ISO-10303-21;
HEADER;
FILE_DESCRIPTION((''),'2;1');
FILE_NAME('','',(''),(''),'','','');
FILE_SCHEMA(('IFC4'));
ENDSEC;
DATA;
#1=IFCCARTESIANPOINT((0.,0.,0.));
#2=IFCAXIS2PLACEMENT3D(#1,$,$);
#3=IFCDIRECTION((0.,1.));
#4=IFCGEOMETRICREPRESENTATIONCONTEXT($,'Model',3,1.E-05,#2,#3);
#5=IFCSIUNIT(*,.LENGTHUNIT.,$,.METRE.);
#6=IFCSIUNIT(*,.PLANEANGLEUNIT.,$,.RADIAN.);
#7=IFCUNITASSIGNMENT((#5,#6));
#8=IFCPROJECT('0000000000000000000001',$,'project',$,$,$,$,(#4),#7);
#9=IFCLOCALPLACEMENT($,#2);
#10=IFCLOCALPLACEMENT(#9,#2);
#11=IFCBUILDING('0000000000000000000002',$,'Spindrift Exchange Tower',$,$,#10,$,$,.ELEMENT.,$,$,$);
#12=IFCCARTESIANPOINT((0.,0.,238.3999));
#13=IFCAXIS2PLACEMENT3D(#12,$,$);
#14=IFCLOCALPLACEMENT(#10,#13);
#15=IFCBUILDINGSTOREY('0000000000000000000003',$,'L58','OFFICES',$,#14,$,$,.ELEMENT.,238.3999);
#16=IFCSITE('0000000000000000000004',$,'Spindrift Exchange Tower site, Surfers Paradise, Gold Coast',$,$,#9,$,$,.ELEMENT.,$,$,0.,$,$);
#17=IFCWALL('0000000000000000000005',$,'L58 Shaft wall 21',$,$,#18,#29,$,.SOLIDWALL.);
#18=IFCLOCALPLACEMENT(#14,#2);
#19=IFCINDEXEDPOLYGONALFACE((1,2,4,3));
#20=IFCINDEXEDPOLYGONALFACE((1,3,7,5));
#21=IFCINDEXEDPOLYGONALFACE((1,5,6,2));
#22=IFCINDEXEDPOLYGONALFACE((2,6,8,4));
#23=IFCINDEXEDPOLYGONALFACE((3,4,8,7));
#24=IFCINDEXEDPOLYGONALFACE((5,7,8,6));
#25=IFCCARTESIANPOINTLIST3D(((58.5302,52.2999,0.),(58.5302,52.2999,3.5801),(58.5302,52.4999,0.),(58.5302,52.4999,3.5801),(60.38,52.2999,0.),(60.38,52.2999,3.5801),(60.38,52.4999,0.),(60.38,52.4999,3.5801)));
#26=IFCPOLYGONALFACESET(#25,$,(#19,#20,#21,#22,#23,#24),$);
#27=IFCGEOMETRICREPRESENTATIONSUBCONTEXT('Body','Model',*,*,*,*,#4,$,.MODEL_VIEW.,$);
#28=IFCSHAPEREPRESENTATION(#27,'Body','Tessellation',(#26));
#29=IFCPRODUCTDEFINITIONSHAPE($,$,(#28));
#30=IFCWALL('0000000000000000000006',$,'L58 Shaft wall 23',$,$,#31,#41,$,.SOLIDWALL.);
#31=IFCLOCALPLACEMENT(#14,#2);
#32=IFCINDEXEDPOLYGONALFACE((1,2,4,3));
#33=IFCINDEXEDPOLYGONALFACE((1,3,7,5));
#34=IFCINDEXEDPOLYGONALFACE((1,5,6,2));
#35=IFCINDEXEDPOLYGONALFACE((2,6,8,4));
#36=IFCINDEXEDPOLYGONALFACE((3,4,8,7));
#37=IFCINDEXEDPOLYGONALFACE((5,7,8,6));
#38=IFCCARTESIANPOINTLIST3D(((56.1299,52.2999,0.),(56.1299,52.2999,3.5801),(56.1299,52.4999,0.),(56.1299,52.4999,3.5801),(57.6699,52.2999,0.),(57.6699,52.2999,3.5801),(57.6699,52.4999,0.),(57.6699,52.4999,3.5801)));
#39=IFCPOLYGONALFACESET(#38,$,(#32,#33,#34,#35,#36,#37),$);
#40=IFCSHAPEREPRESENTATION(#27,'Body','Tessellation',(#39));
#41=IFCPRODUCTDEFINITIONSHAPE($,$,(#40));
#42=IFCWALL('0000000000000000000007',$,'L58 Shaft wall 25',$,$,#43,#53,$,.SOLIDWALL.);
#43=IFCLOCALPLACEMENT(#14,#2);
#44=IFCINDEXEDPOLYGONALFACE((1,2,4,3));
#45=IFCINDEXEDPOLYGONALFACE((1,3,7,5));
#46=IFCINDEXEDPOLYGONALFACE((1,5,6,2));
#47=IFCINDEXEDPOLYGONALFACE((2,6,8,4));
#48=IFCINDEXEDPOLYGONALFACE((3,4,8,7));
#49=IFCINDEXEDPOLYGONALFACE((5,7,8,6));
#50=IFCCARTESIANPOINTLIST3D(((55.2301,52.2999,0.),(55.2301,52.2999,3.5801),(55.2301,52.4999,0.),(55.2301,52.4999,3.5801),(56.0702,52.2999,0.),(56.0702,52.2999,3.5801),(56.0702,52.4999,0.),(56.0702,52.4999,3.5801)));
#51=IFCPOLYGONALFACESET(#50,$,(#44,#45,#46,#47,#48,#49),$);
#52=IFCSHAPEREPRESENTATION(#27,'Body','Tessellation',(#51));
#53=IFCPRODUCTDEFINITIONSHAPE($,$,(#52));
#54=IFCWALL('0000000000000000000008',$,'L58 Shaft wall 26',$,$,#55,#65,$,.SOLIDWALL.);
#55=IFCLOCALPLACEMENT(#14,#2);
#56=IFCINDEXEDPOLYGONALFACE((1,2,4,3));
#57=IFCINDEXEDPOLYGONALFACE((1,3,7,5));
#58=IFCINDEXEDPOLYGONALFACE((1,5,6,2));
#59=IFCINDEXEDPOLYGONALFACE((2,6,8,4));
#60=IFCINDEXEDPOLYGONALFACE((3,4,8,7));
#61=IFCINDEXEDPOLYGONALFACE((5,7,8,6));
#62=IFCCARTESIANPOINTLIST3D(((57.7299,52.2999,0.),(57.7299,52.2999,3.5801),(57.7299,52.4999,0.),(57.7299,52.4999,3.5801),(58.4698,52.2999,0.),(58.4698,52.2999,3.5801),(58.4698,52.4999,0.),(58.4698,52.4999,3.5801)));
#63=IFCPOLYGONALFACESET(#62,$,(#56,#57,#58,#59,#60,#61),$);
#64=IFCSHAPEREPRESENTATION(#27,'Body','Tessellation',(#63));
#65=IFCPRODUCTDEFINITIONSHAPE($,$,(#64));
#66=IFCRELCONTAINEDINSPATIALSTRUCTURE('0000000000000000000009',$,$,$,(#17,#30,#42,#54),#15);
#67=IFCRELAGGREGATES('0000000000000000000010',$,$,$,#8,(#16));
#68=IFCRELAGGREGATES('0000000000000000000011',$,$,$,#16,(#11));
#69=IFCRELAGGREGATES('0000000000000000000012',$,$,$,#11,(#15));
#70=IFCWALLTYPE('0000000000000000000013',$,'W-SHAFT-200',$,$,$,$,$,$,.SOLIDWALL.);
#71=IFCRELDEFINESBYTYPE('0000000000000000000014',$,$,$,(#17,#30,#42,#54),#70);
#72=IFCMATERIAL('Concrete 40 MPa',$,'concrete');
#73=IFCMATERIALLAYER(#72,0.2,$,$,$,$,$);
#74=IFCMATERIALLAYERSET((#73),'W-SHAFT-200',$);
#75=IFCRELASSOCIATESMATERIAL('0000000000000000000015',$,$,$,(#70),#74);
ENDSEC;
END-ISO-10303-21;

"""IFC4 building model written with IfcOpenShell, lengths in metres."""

from ifc_helpers import new_model, si_unit, direction, frame, frame_2d, origin, place, context, subcontext, project, spatial, rectangle, extrude, material, layer, layer_set, type_object, element, save


model = new_model("IFC4")

# Units and contexts
model_context = context("Model", 3, precision=1e-05, world=origin(), true_north=direction((0.0, 1.0)))
body_context = subcontext(model_context, "Body", "Model", "MODEL_VIEW")
ifc_project = project(units=[si_unit("LENGTHUNIT", "METRE"), si_unit("PLANEANGLEUNIT", "RADIAN")], contexts=[model_context])

# Site, building, storey
site_placement = place(None, origin())
site = spatial("IfcSite", under=ifc_project, at=site_placement, Name="Spindrift Exchange Tower site, Surfers Paradise, Gold Coast", CompositionType="ELEMENT", RefElevation=0.0)
building_placement = place(site_placement, origin())
building = spatial("IfcBuilding", under=site, at=building_placement, Name="Spindrift Exchange Tower", CompositionType="ELEMENT")
storey_placement = place(building_placement, frame((0.0, 0.0, 238.3999)))
storey = spatial("IfcBuildingStorey", under=building, at=storey_placement, Name="L58", Description="OFFICES", CompositionType="ELEMENT", Elevation=238.3999)

# Shared definitions
ifc_material_1 = material(Name="Concrete 40 MPa", Category="concrete")
ifc_layer_1 = layer(ifc_material_1, 0.2)
ifc_layer_set_1 = layer_set([ifc_layer_1], Name="W-SHAFT-200")
wall_type_1 = type_object("IfcWallType", Name="W-SHAFT-200", PredefinedType="SOLIDWALL", material=ifc_layer_set_1)

# Walls
wall_1_placement = place(storey_placement, frame((60.3799, 52.3999, 0.0), z_axis=(0.0, 0.0, 1.0), x_axis=(-1.0, 0.0, 0.0)))
element("IfcWall", 1, at=wall_1_placement, inside=storey, type_object=wall_type_1, Name="L58 Shaft wall 21", PredefinedType="SOLIDWALL", context=body_context, shape_type="SweptSolid", body=[
    extrude(rectangle(XDim=1.8499, YDim=0.2, at=frame_2d((0.9248, 0.0))), origin(), (0.0, 0.0, 1.0), 3.5801),
])
wall_2_placement = place(storey_placement, frame((57.6699, 52.3999, 0.0), z_axis=(0.0, 0.0, 1.0), x_axis=(-1.0, 0.0, 0.0)))
element("IfcWall", 2, at=wall_2_placement, inside=storey, type_object=wall_type_1, Name="L58 Shaft wall 23", PredefinedType="SOLIDWALL", context=body_context, shape_type="SweptSolid", body=[
    extrude(rectangle(XDim=1.54, YDim=0.2, at=frame_2d((0.77, 0.0))), origin(), (0.0, 0.0, 1.0), 3.5801),
])
wall_3_placement = place(storey_placement, frame((56.0701, 52.3999, 0.0), z_axis=(0.0, 0.0, 1.0), x_axis=(-1.0, 0.0, 0.0)))
element("IfcWall", 3, at=wall_3_placement, inside=storey, type_object=wall_type_1, Name="L58 Shaft wall 25", PredefinedType="SOLIDWALL", context=body_context, shape_type="SweptSolid", body=[
    extrude(rectangle(XDim=0.8401, YDim=0.2, at=frame_2d((0.4199, 0.0))), origin(), (0.0, 0.0, 1.0), 3.5801),
])
wall_4_placement = place(storey_placement, frame((58.47, 52.3999, 0.0), z_axis=(0.0, 0.0, 1.0), x_axis=(-1.0, 0.0, 0.0)))
element("IfcWall", 4, at=wall_4_placement, inside=storey, type_object=wall_type_1, Name="L58 Shaft wall 26", PredefinedType="SOLIDWALL", context=body_context, shape_type="SweptSolid", body=[
    extrude(rectangle(XDim=0.74, YDim=0.2, at=frame_2d((0.3701, 0.0))), origin(), (0.0, 0.0, 1.0), 3.5801),
])

save(model, "model.ifc")
